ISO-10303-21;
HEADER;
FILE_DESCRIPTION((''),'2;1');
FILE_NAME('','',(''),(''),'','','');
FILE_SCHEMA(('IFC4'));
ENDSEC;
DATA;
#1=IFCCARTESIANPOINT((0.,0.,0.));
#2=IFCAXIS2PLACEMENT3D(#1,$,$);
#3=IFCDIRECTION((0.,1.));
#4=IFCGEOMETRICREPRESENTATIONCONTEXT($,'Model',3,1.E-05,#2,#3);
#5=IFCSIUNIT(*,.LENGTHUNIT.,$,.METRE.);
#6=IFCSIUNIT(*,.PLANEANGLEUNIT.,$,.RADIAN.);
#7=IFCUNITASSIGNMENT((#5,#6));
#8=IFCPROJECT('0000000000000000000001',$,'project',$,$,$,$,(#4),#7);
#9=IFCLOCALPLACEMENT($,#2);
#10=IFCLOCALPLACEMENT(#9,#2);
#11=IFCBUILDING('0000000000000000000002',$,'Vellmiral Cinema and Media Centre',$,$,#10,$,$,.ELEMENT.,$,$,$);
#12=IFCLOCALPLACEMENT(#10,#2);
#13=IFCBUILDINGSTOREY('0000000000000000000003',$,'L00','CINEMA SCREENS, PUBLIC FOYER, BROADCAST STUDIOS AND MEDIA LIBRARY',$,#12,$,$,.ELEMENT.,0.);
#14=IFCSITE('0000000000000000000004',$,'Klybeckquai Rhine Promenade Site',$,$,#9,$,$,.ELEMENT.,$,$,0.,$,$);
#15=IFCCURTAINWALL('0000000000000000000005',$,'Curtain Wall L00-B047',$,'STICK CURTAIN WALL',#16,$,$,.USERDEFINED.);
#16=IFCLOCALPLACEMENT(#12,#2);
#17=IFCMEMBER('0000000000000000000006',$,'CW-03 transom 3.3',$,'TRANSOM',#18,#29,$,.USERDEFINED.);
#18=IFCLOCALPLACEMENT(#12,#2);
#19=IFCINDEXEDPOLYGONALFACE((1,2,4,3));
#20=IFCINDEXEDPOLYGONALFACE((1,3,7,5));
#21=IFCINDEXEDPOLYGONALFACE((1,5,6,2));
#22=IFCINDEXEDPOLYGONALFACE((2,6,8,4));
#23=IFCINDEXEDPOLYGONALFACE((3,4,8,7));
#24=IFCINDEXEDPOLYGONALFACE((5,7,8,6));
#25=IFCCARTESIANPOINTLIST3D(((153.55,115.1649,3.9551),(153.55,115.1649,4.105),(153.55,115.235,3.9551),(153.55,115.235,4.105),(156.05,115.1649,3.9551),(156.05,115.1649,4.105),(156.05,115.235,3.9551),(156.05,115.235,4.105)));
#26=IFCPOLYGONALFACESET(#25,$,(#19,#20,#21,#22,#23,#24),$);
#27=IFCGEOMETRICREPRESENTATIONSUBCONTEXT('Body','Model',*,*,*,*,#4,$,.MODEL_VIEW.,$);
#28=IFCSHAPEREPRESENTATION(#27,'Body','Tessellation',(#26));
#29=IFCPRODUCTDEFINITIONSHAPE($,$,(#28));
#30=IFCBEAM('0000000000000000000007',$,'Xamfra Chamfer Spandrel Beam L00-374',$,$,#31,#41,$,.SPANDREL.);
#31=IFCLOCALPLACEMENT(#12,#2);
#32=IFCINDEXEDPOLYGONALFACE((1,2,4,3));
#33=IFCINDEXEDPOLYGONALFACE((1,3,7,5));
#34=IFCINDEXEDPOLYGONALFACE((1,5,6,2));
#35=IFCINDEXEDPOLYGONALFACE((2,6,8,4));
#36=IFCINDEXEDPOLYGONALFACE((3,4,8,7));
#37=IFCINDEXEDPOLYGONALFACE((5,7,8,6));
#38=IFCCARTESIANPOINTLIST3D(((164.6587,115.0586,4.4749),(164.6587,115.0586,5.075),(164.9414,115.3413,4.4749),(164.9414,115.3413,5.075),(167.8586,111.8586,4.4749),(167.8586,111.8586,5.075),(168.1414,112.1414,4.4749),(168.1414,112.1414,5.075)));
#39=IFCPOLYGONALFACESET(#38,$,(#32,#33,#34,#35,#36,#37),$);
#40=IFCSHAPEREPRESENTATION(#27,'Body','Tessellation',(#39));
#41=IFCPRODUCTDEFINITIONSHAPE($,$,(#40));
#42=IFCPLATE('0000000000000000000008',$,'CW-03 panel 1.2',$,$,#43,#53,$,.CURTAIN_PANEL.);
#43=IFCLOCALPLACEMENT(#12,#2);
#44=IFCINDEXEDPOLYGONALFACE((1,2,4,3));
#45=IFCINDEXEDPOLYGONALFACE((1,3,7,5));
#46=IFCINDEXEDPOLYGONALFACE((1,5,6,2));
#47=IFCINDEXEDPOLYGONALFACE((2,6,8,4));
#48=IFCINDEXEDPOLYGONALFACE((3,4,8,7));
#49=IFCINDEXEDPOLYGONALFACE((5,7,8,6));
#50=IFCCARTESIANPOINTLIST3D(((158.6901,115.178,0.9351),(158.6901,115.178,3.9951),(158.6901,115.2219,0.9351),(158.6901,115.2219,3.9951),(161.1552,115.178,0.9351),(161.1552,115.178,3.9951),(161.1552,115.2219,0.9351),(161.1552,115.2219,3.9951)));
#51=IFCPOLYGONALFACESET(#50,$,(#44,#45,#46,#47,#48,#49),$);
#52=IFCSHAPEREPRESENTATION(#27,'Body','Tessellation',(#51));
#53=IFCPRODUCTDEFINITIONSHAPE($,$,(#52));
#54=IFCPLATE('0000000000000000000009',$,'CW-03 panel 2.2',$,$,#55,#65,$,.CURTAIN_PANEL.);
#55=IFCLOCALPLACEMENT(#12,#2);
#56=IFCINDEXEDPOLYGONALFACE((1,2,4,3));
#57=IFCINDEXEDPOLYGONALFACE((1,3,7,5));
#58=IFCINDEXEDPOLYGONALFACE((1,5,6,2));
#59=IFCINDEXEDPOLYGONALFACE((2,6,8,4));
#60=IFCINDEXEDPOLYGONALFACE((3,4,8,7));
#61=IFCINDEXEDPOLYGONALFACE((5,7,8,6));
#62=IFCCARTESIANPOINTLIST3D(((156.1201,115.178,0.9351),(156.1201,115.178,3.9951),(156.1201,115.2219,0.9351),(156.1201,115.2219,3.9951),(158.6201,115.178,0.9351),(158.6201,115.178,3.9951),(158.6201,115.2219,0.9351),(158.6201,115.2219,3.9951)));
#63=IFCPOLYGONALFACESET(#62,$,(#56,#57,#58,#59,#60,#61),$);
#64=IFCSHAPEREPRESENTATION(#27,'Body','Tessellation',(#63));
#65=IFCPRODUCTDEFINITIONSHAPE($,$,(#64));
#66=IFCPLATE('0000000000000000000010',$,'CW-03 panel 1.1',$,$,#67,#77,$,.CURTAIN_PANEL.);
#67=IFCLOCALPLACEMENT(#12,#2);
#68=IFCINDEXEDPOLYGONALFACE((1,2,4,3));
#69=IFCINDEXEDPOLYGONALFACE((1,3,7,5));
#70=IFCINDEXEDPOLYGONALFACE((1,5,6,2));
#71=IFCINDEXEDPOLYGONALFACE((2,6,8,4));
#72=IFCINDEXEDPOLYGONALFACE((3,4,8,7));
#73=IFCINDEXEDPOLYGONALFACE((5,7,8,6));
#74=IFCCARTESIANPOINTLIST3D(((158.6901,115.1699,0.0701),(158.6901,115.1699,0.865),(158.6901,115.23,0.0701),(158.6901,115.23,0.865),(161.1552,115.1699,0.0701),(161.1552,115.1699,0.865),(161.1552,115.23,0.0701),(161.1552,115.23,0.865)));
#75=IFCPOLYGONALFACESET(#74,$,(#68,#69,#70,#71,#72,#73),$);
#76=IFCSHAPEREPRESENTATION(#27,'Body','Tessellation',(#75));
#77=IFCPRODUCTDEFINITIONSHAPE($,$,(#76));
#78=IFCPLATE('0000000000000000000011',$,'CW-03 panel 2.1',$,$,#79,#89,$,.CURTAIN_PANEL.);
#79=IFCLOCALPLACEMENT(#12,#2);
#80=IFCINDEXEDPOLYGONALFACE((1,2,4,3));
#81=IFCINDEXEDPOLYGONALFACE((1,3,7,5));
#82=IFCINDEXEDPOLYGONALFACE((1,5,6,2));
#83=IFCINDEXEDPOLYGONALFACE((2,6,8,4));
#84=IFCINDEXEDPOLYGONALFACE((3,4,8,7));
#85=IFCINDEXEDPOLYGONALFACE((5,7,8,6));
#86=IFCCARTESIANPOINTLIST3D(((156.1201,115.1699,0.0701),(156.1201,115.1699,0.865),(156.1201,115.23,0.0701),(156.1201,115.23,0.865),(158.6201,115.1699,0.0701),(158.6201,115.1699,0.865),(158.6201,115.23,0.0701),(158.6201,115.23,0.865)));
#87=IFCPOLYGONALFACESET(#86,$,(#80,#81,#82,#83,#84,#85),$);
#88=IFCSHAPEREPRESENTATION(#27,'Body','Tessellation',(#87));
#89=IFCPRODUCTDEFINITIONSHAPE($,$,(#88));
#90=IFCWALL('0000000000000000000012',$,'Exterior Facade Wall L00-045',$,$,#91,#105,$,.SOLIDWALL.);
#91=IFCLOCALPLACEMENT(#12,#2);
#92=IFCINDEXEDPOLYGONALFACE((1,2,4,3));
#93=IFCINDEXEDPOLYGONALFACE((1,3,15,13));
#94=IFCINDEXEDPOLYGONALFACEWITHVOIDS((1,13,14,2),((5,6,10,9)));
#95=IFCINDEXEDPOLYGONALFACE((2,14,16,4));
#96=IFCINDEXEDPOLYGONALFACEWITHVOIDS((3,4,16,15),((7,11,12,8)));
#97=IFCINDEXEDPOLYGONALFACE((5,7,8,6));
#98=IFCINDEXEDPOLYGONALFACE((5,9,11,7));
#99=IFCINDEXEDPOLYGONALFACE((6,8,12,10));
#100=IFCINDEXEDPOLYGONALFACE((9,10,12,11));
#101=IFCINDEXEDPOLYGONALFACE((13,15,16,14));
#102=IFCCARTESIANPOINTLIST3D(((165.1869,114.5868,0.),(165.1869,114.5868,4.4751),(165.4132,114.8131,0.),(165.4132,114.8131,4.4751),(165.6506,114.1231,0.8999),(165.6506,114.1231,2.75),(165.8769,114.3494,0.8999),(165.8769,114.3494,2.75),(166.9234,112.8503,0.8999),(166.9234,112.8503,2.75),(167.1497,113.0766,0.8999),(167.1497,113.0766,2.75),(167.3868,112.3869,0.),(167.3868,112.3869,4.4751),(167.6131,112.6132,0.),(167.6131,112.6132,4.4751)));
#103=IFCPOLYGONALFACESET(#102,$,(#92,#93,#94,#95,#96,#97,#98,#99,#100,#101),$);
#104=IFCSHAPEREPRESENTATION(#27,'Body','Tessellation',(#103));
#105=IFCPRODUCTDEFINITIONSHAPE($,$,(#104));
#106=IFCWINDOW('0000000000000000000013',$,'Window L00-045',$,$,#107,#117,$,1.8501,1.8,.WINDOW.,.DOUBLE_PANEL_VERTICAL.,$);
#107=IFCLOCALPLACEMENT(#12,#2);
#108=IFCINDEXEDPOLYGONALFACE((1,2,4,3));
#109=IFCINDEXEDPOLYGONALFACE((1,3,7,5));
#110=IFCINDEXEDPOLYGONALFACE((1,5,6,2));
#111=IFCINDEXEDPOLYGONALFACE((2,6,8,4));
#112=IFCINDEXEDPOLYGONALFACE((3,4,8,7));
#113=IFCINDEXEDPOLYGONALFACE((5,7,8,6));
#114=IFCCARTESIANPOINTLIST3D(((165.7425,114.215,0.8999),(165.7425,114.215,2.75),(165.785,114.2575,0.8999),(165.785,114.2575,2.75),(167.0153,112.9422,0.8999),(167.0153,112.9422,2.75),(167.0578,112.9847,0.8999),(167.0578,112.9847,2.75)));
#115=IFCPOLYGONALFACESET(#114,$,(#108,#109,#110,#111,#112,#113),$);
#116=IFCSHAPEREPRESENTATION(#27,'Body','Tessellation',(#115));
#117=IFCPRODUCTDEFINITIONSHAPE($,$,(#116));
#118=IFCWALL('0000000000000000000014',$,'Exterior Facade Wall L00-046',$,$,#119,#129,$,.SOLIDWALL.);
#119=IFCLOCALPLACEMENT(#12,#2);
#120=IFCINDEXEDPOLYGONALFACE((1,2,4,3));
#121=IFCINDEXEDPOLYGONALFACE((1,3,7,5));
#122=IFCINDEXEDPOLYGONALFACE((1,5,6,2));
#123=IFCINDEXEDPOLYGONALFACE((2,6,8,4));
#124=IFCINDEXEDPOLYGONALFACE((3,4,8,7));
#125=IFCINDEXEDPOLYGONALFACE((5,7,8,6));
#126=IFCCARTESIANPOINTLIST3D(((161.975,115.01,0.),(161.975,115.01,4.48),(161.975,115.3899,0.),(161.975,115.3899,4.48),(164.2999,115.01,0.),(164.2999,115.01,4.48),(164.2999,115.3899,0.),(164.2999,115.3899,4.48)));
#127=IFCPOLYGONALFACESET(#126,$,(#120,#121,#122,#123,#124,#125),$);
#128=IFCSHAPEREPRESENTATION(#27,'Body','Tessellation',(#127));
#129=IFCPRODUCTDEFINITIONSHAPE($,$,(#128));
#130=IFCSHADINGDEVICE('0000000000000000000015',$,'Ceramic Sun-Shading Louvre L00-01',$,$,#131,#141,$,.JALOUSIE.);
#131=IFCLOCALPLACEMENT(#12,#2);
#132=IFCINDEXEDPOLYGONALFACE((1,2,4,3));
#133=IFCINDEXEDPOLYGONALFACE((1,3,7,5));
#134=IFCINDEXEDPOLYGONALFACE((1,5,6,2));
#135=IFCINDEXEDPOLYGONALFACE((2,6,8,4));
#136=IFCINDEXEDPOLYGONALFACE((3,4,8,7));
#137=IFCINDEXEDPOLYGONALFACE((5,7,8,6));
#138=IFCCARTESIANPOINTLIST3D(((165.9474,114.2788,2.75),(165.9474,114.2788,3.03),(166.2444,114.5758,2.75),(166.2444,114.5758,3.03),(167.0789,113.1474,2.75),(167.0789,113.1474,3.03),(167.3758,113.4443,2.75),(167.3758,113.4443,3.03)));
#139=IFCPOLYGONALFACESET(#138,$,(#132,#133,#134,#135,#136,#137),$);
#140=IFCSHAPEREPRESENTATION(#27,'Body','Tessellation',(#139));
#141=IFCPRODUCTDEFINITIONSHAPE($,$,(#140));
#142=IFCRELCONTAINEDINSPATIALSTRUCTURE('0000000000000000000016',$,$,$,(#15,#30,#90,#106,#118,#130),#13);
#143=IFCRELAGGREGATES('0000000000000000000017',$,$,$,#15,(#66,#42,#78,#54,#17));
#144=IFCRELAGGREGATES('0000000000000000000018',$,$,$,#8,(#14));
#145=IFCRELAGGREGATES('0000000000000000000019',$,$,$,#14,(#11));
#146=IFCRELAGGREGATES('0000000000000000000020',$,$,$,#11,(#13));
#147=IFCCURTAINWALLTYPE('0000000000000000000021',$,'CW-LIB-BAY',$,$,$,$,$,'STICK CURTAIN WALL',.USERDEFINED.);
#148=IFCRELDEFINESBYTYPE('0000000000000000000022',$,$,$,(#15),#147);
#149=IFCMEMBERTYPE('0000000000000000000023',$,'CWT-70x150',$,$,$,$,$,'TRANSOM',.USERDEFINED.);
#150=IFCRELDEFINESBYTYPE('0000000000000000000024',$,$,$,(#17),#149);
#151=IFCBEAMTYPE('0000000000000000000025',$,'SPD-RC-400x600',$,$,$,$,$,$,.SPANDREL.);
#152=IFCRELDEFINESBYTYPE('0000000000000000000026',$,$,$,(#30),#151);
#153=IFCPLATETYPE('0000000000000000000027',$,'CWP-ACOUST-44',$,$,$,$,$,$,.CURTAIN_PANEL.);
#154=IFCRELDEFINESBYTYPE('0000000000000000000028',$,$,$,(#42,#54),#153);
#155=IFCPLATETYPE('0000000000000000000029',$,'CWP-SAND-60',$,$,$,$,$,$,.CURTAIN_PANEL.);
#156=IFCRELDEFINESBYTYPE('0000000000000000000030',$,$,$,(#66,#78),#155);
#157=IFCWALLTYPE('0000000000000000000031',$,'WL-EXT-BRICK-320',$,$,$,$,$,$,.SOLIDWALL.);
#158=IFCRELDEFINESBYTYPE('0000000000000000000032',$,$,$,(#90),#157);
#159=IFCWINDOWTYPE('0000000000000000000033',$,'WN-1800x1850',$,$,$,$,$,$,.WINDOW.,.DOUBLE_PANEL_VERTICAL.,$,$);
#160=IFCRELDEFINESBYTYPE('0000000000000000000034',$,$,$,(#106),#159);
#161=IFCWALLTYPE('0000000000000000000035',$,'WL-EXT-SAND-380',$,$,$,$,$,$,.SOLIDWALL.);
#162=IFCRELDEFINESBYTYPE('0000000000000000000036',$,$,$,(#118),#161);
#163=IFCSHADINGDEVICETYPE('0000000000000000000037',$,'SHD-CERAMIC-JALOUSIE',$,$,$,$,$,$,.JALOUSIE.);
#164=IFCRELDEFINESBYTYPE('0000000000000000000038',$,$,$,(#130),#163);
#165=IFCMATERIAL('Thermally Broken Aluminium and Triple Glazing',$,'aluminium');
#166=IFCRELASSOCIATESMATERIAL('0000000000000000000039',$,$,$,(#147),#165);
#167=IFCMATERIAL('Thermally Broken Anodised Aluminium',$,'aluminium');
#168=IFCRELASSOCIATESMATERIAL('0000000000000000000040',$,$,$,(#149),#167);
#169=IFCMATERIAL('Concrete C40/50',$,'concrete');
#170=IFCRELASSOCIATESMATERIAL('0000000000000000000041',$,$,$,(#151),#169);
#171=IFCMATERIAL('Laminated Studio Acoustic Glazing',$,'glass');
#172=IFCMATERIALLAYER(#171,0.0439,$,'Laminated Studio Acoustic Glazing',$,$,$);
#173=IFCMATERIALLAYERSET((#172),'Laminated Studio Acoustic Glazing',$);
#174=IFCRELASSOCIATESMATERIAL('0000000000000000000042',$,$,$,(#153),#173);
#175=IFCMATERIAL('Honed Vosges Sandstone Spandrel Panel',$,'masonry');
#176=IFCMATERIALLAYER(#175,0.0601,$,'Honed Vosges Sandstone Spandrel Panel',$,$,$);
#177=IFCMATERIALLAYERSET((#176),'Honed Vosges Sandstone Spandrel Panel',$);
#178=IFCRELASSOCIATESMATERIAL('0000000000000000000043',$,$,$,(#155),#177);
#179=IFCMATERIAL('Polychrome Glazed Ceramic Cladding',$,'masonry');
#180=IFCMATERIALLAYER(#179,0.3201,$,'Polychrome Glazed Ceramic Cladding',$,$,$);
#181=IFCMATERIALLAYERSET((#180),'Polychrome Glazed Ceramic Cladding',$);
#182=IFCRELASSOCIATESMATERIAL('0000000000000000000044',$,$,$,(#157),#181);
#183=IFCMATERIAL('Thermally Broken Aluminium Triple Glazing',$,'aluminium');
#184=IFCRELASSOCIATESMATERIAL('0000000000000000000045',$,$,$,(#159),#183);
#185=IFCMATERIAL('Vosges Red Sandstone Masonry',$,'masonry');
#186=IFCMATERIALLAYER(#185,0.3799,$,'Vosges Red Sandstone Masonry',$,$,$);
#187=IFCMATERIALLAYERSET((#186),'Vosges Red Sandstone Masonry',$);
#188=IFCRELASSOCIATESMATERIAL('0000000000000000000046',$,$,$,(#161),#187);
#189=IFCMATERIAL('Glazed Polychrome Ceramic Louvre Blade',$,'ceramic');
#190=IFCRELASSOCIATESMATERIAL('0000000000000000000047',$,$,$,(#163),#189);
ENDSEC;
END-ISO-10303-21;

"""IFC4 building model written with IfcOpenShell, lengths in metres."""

from ifc_helpers import new_model, si_unit, direction, frame, frame_2d, origin, origin_2d, place, context, subcontext, project, spatial, rectangle, extrude, material, layer, layer_set, material_profile, profile_set, type_object, element, fill, aggregate, save


model = new_model("IFC4")

# Units and contexts
model_context = context("Model", 3, precision=1e-05, world=origin(), true_north=direction((0.0, 1.0)))
body_context = subcontext(model_context, "Body", "Model", "MODEL_VIEW")
ifc_project = project(units=[si_unit("LENGTHUNIT", "METRE"), si_unit("PLANEANGLEUNIT", "RADIAN")], contexts=[model_context])

# Site, building, storey
site_placement = place(None, origin())
site = spatial("IfcSite", under=ifc_project, at=site_placement, Name="Klybeckquai Rhine Promenade Site", CompositionType="ELEMENT", RefElevation=0.0)
building_placement = place(site_placement, origin())
building = spatial("IfcBuilding", under=site, at=building_placement, Name="Vellmiral Cinema and Media Centre", CompositionType="ELEMENT")
storey_placement = place(building_placement, origin())
storey = spatial("IfcBuildingStorey", under=building, at=storey_placement, Name="L00", Description="CINEMA SCREENS, PUBLIC FOYER, BROADCAST STUDIOS AND MEDIA LIBRARY", CompositionType="ELEMENT", Elevation=0.0)

# Curtain wall, member
ifc_material_1 = material(Name="Thermally Broken Aluminium and Triple Glazing", Category="aluminium")
curtain_wall_type = type_object("IfcCurtainWallType", Name="CW-LIB-BAY", ElementType="STICK CURTAIN WALL", PredefinedType="USERDEFINED", material=ifc_material_1)
curtain_wall_placement = place(storey_placement, origin())
curtain_wall = element("IfcCurtainWall", 1, at=curtain_wall_placement, inside=storey, type_object=curtain_wall_type, Name="Curtain Wall L00-B047", ObjectType="STICK CURTAIN WALL", PredefinedType="USERDEFINED")
ifc_material_2 = material(Name="Thermally Broken Anodised Aluminium", Category="aluminium")
ifc_material_profile_1 = material_profile(ifc_material_2, rectangle(XDim=0.0701, YDim=0.1499, at=origin_2d()), Name="MULL 70x150")
ifc_profile_set_1 = profile_set([ifc_material_profile_1], Name="Thermally Broken Anodised Aluminium")
member_type_1 = type_object("IfcMemberType", Name="CWT-70x150", ElementType="TRANSOM", PredefinedType="USERDEFINED", material=ifc_profile_set_1)
member_1_placement = place(storey_placement, frame((156.05, 115.2, 4.03), z_axis=(-1.0, 0.0, 0.0), x_axis=(0.0, -1.0, 0.0)))
member_1 = element("IfcMember", 2, at=member_1_placement, type_object=member_type_1, Name="CW-03 transom 3.3", ObjectType="TRANSOM", PredefinedType="USERDEFINED", context=body_context, shape_type="SweptSolid", body=[
    extrude(rectangle(XDim=0.0701, YDim=0.1499, at=origin_2d()), origin(), (0.0, 0.0, 1.0), 2.5),
])

# Beam
ifc_material_3 = material(Name="Concrete C40/50", Category="concrete")
ifc_material_profile_2 = material_profile(ifc_material_3, rectangle(XDim=0.3999, YDim=0.6001, at=origin_2d()), Name="RC 400x600")
ifc_profile_set_2 = profile_set([ifc_material_profile_2], Name="Concrete C40/50")
beam_type = type_object("IfcBeamType", Name="SPD-RC-400x600", PredefinedType="SPANDREL", material=ifc_profile_set_2)
beam_placement = place(storey_placement, frame((164.8, 115.2, 4.7749), z_axis=(0.707107, -0.707107, 0.0), x_axis=(0.707107, 0.707107, 0.0)))
element("IfcBeam", 3, at=beam_placement, inside=storey, type_object=beam_type, Name="Xamfra Chamfer Spandrel Beam L00-374", PredefinedType="SPANDREL", context=body_context, shape_type="SweptSolid", body=[
    extrude(rectangle(XDim=0.3999, YDim=0.6001, at=origin_2d()), origin(), (0.0, 0.0, 1.0), 4.5254),
])

# Plates
ifc_material_4 = material(Name="Laminated Studio Acoustic Glazing", Category="glass")
ifc_layer_1 = layer(ifc_material_4, 0.0439, Name="Laminated Studio Acoustic Glazing")
ifc_layer_set_1 = layer_set([ifc_layer_1], Name="Laminated Studio Acoustic Glazing")
plate_type_1 = type_object("IfcPlateType", Name="CWP-ACOUST-44", PredefinedType="CURTAIN_PANEL", material=ifc_layer_set_1)
plate_1_placement = place(storey_placement, frame((159.9226, 115.2, 0.9351), z_axis=(0.0, 0.0, 1.0), x_axis=(-1.0, 0.0, 0.0)))
plate_1 = element("IfcPlate", 4, at=plate_1_placement, type_object=plate_type_1, Name="CW-03 panel 1.2", PredefinedType="CURTAIN_PANEL", context=body_context, shape_type="SweptSolid", body=[
    extrude(rectangle(XDim=2.4651, YDim=0.0439, at=origin_2d()), origin(), (0.0, 0.0, 1.0), 3.0601),
])
plate_2_placement = place(storey_placement, frame((157.3701, 115.2, 0.9351), z_axis=(0.0, 0.0, 1.0), x_axis=(-1.0, 0.0, 0.0)))
plate_2 = element("IfcPlate", 5, at=plate_2_placement, type_object=plate_type_1, Name="CW-03 panel 2.2", PredefinedType="CURTAIN_PANEL", context=body_context, shape_type="SweptSolid", body=[
    extrude(rectangle(XDim=2.5, YDim=0.0439, at=origin_2d()), origin(), (0.0, 0.0, 1.0), 3.0601),
])
ifc_material_5 = material(Name="Honed Vosges Sandstone Spandrel Panel", Category="masonry")
ifc_layer_2 = layer(ifc_material_5, 0.0601, Name="Honed Vosges Sandstone Spandrel Panel")
ifc_layer_set_2 = layer_set([ifc_layer_2], Name="Honed Vosges Sandstone Spandrel Panel")
plate_type_2 = type_object("IfcPlateType", Name="CWP-SAND-60", PredefinedType="CURTAIN_PANEL", material=ifc_layer_set_2)
plate_3_placement = place(storey_placement, frame((159.9226, 115.2, 0.0701), z_axis=(0.0, 0.0, 1.0), x_axis=(-1.0, 0.0, 0.0)))
plate_3 = element("IfcPlate", 6, at=plate_3_placement, type_object=plate_type_2, Name="CW-03 panel 1.1", PredefinedType="CURTAIN_PANEL", context=body_context, shape_type="SweptSolid", body=[
    extrude(rectangle(XDim=2.4651, YDim=0.0601, at=origin_2d()), origin(), (0.0, 0.0, 1.0), 0.7949),
])
plate_4_placement = place(storey_placement, frame((157.3701, 115.2, 0.0701), z_axis=(0.0, 0.0, 1.0), x_axis=(-1.0, 0.0, 0.0)))
plate_4 = element("IfcPlate", 7, at=plate_4_placement, type_object=plate_type_2, Name="CW-03 panel 2.1", PredefinedType="CURTAIN_PANEL", context=body_context, shape_type="SweptSolid", body=[
    extrude(rectangle(XDim=2.5, YDim=0.0601, at=origin_2d()), origin(), (0.0, 0.0, 1.0), 0.7949),
])
aggregate(curtain_wall, [plate_3, plate_1, plate_4, plate_2, member_1])

# Wall, opening, window
ifc_material_6 = material(Name="Polychrome Glazed Ceramic Cladding", Category="masonry")
ifc_layer_3 = layer(ifc_material_6, 0.3201, Name="Polychrome Glazed Ceramic Cladding")
ifc_layer_set_3 = layer_set([ifc_layer_3], Name="Polychrome Glazed Ceramic Cladding")
wall_type_1 = type_object("IfcWallType", Name="WL-EXT-BRICK-320", PredefinedType="SOLIDWALL", material=ifc_layer_set_3)
wall_1_placement = place(storey_placement, frame((167.5, 112.5, 0.0), z_axis=(0.0, 0.0, 1.0), x_axis=(-0.707107, 0.707107, 0.0)))
wall_1 = element("IfcWall", 8, at=wall_1_placement, inside=storey, type_object=wall_type_1, Name="Exterior Facade Wall L00-045", PredefinedType="SOLIDWALL", context=body_context, shape_type="SweptSolid", body=[
    extrude(rectangle(XDim=3.1111, YDim=0.3201, at=frame_2d((1.5557, 0.0))), origin(), (0.0, 0.0, 1.0), 4.4751),
])
opening_placement = place(wall_1_placement, frame((0.6555, 0.0, 0.8999)))
opening = element("IfcOpeningElement", 9, at=opening_placement, cuts=wall_1, PredefinedType="OPENING", context=body_context, shape_type="SweptSolid", body=[
    extrude(rectangle(XDim=1.8, YDim=1.8501, at=frame_2d((0.8999, 0.925))), frame((0.0, 0.1719, 0.0), z_axis=(0.0, -1.0, 0.0), x_axis=(1.0, 0.0, 0.0)), (0.0, 0.0, 1.0), 0.344),
])
ifc_material_7 = material(Name="Thermally Broken Aluminium Triple Glazing", Category="aluminium")
window_type = type_object("IfcWindowType", Name="WN-1800x1850", PartitioningType="DOUBLE_PANEL_VERTICAL", PredefinedType="WINDOW", material=ifc_material_7)
window_placement = place(opening_placement, origin())
window = element("IfcWindow", 10, at=window_placement, inside=storey, type_object=window_type, Name="Window L00-045", OverallHeight=1.8501, OverallWidth=1.8, PartitioningType="DOUBLE_PANEL_VERTICAL", PredefinedType="WINDOW", context=body_context, shape_type="SweptSolid", body=[
    extrude(rectangle(XDim=1.8, YDim=1.8501, at=frame_2d((0.8999, 0.925))), frame((0.0, 0.03, 0.0), z_axis=(0.0, -1.0, 0.0), x_axis=(1.0, 0.0, 0.0)), (0.0, 0.0, 1.0), 0.0601),
])
fill(opening, window)

# Wall
ifc_material_8 = material(Name="Vosges Red Sandstone Masonry", Category="masonry")
ifc_layer_4 = layer(ifc_material_8, 0.3799, Name="Vosges Red Sandstone Masonry")
ifc_layer_set_4 = layer_set([ifc_layer_4], Name="Vosges Red Sandstone Masonry")
wall_type_2 = type_object("IfcWallType", Name="WL-EXT-SAND-380", PredefinedType="SOLIDWALL", material=ifc_layer_set_4)
wall_2_placement = place(storey_placement, frame((164.3, 115.2, 0.0), z_axis=(0.0, 0.0, 1.0), x_axis=(-1.0, 0.0, 0.0)))
element("IfcWall", 11, at=wall_2_placement, inside=storey, type_object=wall_type_2, Name="Exterior Facade Wall L00-046", PredefinedType="SOLIDWALL", context=body_context, shape_type="SweptSolid", body=[
    extrude(rectangle(XDim=2.325, YDim=0.3799, at=frame_2d((1.1626, 0.0))), origin(), (0.0, 0.0, 1.0), 4.48),
])

# Shading device
ifc_material_9 = material(Name="Glazed Polychrome Ceramic Louvre Blade", Category="ceramic")
shading_device_type = type_object("IfcShadingDeviceType", Name="SHD-CERAMIC-JALOUSIE", PredefinedType="JALOUSIE", material=ifc_material_9)
shading_device_placement = place(storey_placement, frame((166.6616, 113.8616, 2.75), z_axis=(0.0, 0.0, 1.0), x_axis=(-0.707107, 0.707107, 0.0)))
element("IfcShadingDevice", 12, at=shading_device_placement, inside=storey, type_object=shading_device_type, Name="Ceramic Sun-Shading Louvre L00-01", PredefinedType="JALOUSIE", context=body_context, shape_type="SweptSolid", body=[
    extrude(rectangle(XDim=1.6001, YDim=0.4199, at=origin_2d()), origin(), (0.0, 0.0, 1.0), 0.28),
])

save(model, "model.ifc")
